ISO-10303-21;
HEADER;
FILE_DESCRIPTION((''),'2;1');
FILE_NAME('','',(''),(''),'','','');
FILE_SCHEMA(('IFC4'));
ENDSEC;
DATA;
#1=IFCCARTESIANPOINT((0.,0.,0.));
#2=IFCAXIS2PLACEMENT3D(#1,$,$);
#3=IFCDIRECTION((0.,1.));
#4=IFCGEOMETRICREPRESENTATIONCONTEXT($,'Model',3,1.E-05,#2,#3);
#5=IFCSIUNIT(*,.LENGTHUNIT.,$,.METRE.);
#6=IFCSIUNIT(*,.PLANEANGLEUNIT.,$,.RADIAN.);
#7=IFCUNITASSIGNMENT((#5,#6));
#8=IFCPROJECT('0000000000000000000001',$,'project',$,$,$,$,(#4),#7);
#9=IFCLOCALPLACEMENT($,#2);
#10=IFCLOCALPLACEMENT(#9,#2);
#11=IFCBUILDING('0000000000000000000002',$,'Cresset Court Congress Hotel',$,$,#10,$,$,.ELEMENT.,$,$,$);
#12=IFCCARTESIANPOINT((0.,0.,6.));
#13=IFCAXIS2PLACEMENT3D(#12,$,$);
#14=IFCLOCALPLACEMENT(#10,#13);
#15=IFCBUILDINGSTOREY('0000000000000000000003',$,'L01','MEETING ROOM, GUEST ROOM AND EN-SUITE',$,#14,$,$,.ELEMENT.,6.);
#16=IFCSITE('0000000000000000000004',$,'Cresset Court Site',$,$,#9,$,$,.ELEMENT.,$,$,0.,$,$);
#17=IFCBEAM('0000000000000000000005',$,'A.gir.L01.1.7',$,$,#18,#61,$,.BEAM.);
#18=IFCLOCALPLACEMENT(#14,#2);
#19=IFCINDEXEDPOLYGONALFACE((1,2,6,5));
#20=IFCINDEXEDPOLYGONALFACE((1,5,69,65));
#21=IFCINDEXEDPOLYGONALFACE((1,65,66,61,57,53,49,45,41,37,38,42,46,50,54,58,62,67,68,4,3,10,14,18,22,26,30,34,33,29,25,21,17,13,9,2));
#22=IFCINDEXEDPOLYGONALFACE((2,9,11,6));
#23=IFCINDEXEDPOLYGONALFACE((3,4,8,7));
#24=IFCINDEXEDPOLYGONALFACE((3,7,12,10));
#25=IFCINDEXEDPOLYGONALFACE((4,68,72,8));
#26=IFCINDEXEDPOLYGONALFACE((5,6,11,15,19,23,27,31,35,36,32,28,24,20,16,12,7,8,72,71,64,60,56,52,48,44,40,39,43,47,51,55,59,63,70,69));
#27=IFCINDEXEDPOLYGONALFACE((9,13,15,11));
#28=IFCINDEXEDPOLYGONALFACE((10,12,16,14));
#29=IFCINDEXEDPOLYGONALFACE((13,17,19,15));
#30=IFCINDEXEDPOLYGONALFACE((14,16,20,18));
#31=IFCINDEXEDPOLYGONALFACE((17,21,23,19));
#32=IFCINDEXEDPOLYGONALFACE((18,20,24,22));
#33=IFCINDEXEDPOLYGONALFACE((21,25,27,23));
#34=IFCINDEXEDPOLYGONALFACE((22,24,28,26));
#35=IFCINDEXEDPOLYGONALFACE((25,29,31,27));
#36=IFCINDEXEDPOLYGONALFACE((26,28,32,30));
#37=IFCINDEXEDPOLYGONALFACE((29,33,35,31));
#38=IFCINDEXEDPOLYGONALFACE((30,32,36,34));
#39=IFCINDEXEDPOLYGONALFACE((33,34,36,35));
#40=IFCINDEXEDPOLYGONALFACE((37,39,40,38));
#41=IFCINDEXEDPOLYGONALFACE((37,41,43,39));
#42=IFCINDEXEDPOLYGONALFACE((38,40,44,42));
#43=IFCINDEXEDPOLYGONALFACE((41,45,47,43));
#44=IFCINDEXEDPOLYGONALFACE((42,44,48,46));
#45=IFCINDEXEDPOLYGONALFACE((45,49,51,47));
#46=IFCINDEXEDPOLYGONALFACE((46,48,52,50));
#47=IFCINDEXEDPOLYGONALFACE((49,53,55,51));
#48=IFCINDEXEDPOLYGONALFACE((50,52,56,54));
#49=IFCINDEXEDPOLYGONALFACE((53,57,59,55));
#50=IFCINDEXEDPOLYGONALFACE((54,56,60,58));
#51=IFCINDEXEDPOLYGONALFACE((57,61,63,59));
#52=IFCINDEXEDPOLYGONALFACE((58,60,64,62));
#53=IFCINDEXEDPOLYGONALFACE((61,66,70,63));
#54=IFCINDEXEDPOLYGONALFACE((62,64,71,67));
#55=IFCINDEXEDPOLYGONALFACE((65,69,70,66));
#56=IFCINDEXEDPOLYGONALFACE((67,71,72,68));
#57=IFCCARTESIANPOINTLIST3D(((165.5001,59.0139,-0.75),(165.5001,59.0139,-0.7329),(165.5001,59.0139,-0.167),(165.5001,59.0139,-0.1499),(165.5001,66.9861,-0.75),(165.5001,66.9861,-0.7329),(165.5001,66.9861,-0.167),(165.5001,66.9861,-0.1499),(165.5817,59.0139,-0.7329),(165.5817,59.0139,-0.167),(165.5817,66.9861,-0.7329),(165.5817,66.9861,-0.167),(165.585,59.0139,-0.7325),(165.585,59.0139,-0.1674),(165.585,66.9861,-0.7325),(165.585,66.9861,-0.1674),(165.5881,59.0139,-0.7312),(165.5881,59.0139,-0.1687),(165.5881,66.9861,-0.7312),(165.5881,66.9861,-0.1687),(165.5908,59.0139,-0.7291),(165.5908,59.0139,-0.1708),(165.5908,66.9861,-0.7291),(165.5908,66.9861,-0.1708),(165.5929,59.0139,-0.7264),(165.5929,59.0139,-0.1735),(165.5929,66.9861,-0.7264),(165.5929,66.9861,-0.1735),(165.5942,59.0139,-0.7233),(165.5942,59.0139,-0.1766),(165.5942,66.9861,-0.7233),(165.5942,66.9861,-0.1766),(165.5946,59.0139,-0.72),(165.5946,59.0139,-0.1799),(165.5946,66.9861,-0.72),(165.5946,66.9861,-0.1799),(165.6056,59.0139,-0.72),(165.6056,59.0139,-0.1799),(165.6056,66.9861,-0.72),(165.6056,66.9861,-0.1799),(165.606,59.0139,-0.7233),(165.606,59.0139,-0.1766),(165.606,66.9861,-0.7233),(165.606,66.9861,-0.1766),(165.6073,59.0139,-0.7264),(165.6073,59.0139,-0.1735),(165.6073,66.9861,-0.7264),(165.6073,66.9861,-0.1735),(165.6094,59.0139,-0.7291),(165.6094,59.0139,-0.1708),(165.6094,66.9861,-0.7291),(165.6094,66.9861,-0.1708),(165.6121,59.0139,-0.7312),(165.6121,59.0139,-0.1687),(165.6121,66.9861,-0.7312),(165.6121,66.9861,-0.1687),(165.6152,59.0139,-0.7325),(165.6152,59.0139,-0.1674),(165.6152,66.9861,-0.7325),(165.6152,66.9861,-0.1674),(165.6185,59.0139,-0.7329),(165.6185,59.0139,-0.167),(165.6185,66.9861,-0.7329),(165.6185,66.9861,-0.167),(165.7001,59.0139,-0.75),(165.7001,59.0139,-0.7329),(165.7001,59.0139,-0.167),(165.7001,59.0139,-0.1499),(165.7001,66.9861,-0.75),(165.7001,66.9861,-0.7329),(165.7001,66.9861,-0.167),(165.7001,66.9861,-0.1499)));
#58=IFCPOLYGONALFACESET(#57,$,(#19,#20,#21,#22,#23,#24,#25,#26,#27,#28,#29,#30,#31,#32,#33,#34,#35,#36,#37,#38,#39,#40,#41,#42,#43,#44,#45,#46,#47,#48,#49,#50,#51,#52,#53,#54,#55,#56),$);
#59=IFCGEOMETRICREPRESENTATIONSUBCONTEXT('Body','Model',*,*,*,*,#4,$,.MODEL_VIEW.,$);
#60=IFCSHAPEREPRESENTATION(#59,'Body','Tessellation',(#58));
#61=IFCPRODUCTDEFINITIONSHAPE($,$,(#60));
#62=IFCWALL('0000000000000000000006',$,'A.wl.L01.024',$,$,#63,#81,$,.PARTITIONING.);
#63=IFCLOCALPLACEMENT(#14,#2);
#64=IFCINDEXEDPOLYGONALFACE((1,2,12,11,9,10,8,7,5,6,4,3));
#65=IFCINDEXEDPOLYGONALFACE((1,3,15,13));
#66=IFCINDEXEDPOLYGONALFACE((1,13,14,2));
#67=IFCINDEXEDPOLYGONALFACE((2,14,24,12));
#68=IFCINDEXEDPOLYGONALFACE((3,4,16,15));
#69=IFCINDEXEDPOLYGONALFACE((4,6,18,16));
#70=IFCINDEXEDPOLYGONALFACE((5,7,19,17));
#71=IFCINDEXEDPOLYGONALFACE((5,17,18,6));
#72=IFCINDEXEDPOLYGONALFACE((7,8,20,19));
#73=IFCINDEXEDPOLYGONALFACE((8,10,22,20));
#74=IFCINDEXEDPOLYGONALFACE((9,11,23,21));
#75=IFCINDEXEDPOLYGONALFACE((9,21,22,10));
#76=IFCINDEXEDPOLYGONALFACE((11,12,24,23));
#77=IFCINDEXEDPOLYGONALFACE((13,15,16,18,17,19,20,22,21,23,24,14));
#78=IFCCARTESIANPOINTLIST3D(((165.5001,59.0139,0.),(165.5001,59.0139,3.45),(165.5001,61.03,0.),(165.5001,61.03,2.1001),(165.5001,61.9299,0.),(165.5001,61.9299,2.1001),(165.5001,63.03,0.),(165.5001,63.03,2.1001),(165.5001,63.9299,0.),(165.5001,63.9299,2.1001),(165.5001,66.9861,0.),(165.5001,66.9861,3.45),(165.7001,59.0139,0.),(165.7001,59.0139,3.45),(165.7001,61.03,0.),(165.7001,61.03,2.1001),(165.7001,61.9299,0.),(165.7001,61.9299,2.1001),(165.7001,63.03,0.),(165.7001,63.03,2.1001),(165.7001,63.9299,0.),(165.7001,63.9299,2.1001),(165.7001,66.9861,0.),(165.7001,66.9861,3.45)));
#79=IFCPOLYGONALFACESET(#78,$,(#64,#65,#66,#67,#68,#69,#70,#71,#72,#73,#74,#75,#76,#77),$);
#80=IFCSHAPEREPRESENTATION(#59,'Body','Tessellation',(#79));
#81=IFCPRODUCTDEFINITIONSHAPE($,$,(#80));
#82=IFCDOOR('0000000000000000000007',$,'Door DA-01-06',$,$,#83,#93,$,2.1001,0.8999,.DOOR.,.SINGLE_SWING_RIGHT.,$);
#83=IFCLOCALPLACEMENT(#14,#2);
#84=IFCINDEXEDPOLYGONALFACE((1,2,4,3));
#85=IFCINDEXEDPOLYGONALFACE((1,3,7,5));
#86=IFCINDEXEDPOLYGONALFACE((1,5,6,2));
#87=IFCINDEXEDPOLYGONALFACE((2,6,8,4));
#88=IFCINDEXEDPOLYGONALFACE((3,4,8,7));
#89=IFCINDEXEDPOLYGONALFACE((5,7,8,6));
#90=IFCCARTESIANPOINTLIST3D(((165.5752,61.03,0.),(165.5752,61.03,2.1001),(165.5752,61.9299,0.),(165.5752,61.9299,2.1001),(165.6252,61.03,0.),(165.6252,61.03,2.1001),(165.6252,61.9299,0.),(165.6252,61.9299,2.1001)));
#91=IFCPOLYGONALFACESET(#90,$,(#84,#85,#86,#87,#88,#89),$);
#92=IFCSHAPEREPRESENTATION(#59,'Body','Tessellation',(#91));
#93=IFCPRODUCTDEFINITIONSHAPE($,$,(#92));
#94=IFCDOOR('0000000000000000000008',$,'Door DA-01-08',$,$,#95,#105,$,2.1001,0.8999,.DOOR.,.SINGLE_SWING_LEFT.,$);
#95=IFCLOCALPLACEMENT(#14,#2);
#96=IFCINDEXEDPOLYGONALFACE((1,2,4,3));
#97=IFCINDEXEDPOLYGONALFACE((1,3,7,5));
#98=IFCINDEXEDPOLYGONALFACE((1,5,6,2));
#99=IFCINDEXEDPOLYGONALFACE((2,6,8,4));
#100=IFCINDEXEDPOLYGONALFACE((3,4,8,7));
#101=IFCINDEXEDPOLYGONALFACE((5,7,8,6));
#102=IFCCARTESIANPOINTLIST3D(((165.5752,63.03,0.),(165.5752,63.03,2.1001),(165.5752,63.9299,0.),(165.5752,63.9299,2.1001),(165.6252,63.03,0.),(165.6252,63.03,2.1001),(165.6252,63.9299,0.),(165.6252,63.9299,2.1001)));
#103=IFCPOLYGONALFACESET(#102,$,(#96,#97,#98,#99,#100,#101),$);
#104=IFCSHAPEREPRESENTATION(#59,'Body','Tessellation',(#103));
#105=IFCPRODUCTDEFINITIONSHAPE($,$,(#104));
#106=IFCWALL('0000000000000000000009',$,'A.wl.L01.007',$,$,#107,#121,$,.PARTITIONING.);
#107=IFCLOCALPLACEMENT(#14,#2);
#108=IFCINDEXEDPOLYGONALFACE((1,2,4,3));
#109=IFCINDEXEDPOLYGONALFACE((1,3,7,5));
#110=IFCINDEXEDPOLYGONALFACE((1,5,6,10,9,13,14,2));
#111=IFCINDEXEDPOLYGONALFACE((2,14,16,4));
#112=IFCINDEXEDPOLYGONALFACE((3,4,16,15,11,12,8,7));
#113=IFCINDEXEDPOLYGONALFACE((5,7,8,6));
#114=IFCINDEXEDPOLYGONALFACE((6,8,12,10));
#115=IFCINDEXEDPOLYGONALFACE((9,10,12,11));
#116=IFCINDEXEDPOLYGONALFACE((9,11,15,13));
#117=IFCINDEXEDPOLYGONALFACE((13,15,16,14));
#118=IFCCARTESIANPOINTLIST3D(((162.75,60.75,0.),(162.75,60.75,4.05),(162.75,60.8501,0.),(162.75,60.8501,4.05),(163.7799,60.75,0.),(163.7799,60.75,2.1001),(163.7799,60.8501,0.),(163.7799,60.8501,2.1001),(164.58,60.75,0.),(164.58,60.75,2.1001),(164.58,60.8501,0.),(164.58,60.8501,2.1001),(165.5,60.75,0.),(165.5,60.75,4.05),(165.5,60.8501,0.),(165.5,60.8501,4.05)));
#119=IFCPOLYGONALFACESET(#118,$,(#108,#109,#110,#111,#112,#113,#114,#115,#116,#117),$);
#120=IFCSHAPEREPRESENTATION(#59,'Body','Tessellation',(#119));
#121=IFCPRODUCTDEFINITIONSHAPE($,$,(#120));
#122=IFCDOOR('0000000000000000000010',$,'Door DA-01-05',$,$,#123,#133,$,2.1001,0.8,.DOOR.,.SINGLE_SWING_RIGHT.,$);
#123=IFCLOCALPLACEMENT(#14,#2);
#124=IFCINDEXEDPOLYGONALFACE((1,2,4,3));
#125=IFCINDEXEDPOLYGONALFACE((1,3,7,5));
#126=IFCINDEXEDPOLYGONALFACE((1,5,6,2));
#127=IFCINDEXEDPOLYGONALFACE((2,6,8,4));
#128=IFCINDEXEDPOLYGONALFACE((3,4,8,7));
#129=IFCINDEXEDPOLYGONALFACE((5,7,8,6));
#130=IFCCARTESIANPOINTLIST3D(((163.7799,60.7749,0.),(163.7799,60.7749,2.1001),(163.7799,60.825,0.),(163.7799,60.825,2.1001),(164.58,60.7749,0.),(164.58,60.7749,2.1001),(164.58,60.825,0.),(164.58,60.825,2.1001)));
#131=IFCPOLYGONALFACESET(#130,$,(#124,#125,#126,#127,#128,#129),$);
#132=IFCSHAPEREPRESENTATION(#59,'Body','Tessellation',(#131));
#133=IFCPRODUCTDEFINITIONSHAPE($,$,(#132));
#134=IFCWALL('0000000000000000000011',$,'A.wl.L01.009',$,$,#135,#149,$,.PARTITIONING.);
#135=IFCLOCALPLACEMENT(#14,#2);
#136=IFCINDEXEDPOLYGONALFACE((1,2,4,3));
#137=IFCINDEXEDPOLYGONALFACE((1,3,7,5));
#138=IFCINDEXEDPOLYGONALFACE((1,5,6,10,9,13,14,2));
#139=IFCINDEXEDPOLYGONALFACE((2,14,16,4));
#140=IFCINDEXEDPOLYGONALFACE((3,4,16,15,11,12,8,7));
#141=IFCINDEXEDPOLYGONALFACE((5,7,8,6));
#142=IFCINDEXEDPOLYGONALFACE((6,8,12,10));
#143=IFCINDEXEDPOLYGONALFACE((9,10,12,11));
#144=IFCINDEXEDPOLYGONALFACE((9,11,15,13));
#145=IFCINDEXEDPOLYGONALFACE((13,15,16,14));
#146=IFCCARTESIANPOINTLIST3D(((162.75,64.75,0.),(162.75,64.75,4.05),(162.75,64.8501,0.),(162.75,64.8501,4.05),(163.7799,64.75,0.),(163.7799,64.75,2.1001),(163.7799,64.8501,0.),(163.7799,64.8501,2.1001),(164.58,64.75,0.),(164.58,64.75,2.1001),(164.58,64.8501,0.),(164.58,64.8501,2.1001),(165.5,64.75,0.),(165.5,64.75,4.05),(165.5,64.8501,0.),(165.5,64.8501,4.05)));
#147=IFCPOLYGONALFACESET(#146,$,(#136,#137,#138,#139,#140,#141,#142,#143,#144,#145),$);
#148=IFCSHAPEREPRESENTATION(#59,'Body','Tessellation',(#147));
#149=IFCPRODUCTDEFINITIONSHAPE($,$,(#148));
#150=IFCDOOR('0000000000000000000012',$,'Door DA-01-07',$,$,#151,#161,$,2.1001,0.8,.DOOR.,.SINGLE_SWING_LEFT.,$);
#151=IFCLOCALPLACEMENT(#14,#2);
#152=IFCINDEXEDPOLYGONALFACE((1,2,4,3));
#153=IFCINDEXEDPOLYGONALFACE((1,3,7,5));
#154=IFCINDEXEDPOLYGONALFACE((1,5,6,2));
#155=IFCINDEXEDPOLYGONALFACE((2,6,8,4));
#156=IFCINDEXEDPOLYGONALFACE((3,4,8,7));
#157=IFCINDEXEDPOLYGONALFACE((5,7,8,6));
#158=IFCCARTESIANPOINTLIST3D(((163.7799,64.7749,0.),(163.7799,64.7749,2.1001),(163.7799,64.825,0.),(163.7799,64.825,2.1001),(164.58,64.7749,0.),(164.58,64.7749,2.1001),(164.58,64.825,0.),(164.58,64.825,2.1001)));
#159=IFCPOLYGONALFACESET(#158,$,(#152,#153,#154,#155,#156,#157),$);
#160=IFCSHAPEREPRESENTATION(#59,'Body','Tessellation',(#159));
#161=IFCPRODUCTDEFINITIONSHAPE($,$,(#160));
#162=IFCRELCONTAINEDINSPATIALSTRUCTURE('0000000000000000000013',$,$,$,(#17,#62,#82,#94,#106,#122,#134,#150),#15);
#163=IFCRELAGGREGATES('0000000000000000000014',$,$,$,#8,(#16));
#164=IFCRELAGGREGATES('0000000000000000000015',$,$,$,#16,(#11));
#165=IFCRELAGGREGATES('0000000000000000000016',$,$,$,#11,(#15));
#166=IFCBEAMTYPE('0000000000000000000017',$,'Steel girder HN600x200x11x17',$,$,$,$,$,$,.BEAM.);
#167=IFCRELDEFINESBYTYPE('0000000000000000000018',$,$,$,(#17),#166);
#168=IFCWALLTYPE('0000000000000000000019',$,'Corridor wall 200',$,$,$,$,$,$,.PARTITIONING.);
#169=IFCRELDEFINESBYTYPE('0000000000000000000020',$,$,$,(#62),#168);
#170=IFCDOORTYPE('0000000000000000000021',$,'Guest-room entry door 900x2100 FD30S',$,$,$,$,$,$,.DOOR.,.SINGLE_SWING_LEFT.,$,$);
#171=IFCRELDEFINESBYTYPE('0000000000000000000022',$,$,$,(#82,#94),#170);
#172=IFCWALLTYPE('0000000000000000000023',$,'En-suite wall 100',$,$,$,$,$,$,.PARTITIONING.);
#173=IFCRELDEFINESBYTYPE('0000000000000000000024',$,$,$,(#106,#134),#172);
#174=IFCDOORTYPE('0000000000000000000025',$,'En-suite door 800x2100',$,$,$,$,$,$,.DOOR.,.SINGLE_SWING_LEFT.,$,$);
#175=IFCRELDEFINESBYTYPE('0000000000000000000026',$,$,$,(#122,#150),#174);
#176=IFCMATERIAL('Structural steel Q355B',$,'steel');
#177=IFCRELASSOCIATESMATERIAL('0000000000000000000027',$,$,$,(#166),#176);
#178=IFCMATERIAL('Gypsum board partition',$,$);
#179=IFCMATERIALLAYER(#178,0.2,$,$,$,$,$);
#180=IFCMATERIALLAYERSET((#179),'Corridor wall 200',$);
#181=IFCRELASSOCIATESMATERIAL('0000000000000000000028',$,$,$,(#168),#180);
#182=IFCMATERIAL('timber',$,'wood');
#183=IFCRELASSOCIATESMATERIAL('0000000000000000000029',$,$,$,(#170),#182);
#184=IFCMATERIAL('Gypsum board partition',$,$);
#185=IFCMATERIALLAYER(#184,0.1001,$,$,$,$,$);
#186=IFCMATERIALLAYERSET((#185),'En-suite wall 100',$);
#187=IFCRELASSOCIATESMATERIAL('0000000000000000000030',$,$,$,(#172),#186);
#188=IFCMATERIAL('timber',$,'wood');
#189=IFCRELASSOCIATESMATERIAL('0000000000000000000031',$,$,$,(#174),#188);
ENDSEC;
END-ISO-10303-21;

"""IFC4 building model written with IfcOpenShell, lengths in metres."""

from ifc_helpers import new_model, si_unit, direction, frame, frame_2d, origin, origin_2d, place, context, subcontext, project, spatial, rectangle, i_section, extrude, material, layer, layer_set, material_profile, profile_set, type_object, element, fill, save


model = new_model("IFC4")

# Units and contexts
model_context = context("Model", 3, precision=1e-05, world=origin(), true_north=direction((0.0, 1.0)))
body_context = subcontext(model_context, "Body", "Model", "MODEL_VIEW")
ifc_project = project(units=[si_unit("LENGTHUNIT", "METRE"), si_unit("PLANEANGLEUNIT", "RADIAN")], contexts=[model_context])

# Site, building, storey
site_placement = place(None, origin())
site = spatial("IfcSite", under=ifc_project, at=site_placement, Name="Cresset Court Site", CompositionType="ELEMENT", RefElevation=0.0)
building_placement = place(site_placement, origin())
building = spatial("IfcBuilding", under=site, at=building_placement, Name="Cresset Court Congress Hotel", CompositionType="ELEMENT")
storey_placement = place(building_placement, frame((0.0, 0.0, 6.0)))
storey = spatial("IfcBuildingStorey", under=building, at=storey_placement, Name="L01", Description="MEETING ROOM, GUEST ROOM AND EN-SUITE", CompositionType="ELEMENT", Elevation=6.0)

# Beam
ifc_material_1 = material(Name="Structural steel Q355B", Category="steel")
ifc_material_profile_1 = material_profile(ifc_material_1, i_section(OverallWidth=0.2, OverallDepth=0.6001, WebThickness=0.011, FlangeThickness=0.0171, FilletRadius=0.0129, at=origin_2d()), Name="HN600x200x11x17")
ifc_profile_set_1 = profile_set([ifc_material_profile_1], Name="Structural steel Q355B")
beam_type_1 = type_object("IfcBeamType", Name="Steel girder HN600x200x11x17", PredefinedType="BEAM", material=ifc_profile_set_1)
for number, where, z_axis, x_axis, name in (
    (1, (165.6001, 59.0139, -0.45), (0.0, 1.0, 0.0), (-1.0, 0.0, 0.0), "A.gir.L01.1.7"),
):
    element("IfcBeam", number, at=place(storey_placement, frame(where, z_axis=z_axis, x_axis=x_axis)), inside=storey, type_object=beam_type_1, Name=name, PredefinedType="BEAM", context=body_context, shape_type="SweptSolid", body=[
        extrude(i_section(OverallWidth=0.2, OverallDepth=0.6001, WebThickness=0.011, FlangeThickness=0.0171, FilletRadius=0.0129, at=origin_2d()), origin(), (0.0, 0.0, 1.0), 7.9722),
    ])

# Wall, openings, doors
ifc_material_2 = material(Name="Gypsum board partition")
ifc_layer_1 = layer(ifc_material_2, 0.2)
ifc_layer_set_1 = layer_set([ifc_layer_1], Name="Corridor wall 200")
wall_type_1 = type_object("IfcWallType", Name="Corridor wall 200", PredefinedType="PARTITIONING", material=ifc_layer_set_1)
wall_1_placement = place(storey_placement, frame((165.6001, 59.0139, 0.0), z_axis=(0.0, 0.0, 1.0), x_axis=(0.0, 1.0, 0.0)))
wall_1 = element("IfcWall", 2, at=wall_1_placement, inside=storey, type_object=wall_type_1, Name="A.wl.L01.024", PredefinedType="PARTITIONING", context=body_context, shape_type="SweptSolid", body=[
    extrude(rectangle(XDim=7.9722, YDim=0.2, at=frame_2d((3.9861, 0.0))), origin(), (0.0, 0.0, 1.0), 3.45),
])
opening_1_placement = place(wall_1_placement, frame((2.0161, 0.0, 0.0)))
opening_1 = element("IfcOpeningElement", 3, at=opening_1_placement, cuts=wall_1, PredefinedType="OPENING", context=body_context, shape_type="SweptSolid", body=[
    extrude(rectangle(XDim=0.8999, YDim=2.1001, at=frame_2d((0.45, 1.05))), frame((0.0, 0.1099, 0.0), z_axis=(0.0, -1.0, 0.0), x_axis=(1.0, 0.0, 0.0)), (0.0, 0.0, 1.0), 0.22),
])
opening_2_placement = place(wall_1_placement, frame((4.0161, 0.0, 0.0)))
opening_2 = element("IfcOpeningElement", 4, at=opening_2_placement, cuts=wall_1, PredefinedType="OPENING", context=body_context, shape_type="SweptSolid", body=[
    extrude(rectangle(XDim=0.8999, YDim=2.1001, at=frame_2d((0.45, 1.05))), frame((0.0, 0.1099, 0.0), z_axis=(0.0, -1.0, 0.0), x_axis=(1.0, 0.0, 0.0)), (0.0, 0.0, 1.0), 0.22),
])
ifc_material_3 = material(Name="timber", Category="wood")
door_type_1 = type_object("IfcDoorType", Name="Guest-room entry door 900x2100 FD30S", OperationType="SINGLE_SWING_LEFT", PredefinedType="DOOR", material=ifc_material_3)
door_1_placement = place(opening_1_placement, origin())
door_1 = element("IfcDoor", 5, at=door_1_placement, inside=storey, type_object=door_type_1, Name="Door DA-01-06", OperationType="SINGLE_SWING_RIGHT", OverallHeight=2.1001, OverallWidth=0.8999, PredefinedType="DOOR", context=body_context, shape_type="SweptSolid", body=[
    extrude(rectangle(XDim=0.8999, YDim=2.1001, at=frame_2d((0.45, 1.05))), frame((0.0, 0.0249, 0.0), z_axis=(0.0, -1.0, 0.0), x_axis=(1.0, 0.0, 0.0)), (0.0, 0.0, 1.0), 0.05),
])
fill(opening_1, door_1)
door_2_placement = place(opening_2_placement, origin())
door_2 = element("IfcDoor", 6, at=door_2_placement, inside=storey, type_object=door_type_1, Name="Door DA-01-08", OperationType="SINGLE_SWING_LEFT", OverallHeight=2.1001, OverallWidth=0.8999, PredefinedType="DOOR", context=body_context, shape_type="SweptSolid", body=[
    extrude(rectangle(XDim=0.8999, YDim=2.1001, at=frame_2d((0.45, 1.05))), frame((0.0, 0.0249, 0.0), z_axis=(0.0, -1.0, 0.0), x_axis=(1.0, 0.0, 0.0)), (0.0, 0.0, 1.0), 0.05),
])
fill(opening_2, door_2)

# Wall, opening, door
ifc_material_4 = material(Name="Gypsum board partition")
ifc_layer_2 = layer(ifc_material_4, 0.1001)
ifc_layer_set_2 = layer_set([ifc_layer_2], Name="En-suite wall 100")
wall_type_2 = type_object("IfcWallType", Name="En-suite wall 100", PredefinedType="PARTITIONING", material=ifc_layer_set_2)
wall_2_placement = place(storey_placement, frame((162.75, 60.8, 0.0), z_axis=(0.0, 0.0, 1.0), x_axis=(1.0, 0.0, 0.0)))
wall_2 = element("IfcWall", 7, at=wall_2_placement, inside=storey, type_object=wall_type_2, Name="A.wl.L01.007", PredefinedType="PARTITIONING", context=body_context, shape_type="SweptSolid", body=[
    extrude(rectangle(XDim=2.75, YDim=0.1001, at=frame_2d((1.375, 0.0))), origin(), (0.0, 0.0, 1.0), 4.05),
])
opening_3_placement = place(wall_2_placement, frame((1.03, 0.0, 0.0)))
opening_3 = element("IfcOpeningElement", 8, at=opening_3_placement, cuts=wall_2, PredefinedType="OPENING", context=body_context, shape_type="SweptSolid", body=[
    extrude(rectangle(XDim=0.8, YDim=2.1001, at=frame_2d((0.3999, 1.05))), frame((0.0, 0.0601, 0.0), z_axis=(0.0, -1.0, 0.0), x_axis=(1.0, 0.0, 0.0)), (0.0, 0.0, 1.0), 0.1201),
])
ifc_material_5 = material(Name="timber", Category="wood")
door_type_2 = type_object("IfcDoorType", Name="En-suite door 800x2100", OperationType="SINGLE_SWING_LEFT", PredefinedType="DOOR", material=ifc_material_5)
door_3_placement = place(opening_3_placement, origin())
door_3 = element("IfcDoor", 9, at=door_3_placement, inside=storey, type_object=door_type_2, Name="Door DA-01-05", OperationType="SINGLE_SWING_RIGHT", OverallHeight=2.1001, OverallWidth=0.8, PredefinedType="DOOR", context=body_context, shape_type="SweptSolid", body=[
    extrude(rectangle(XDim=0.8, YDim=2.1001, at=frame_2d((0.3999, 1.05))), frame((0.0, 0.0249, 0.0), z_axis=(0.0, -1.0, 0.0), x_axis=(1.0, 0.0, 0.0)), (0.0, 0.0, 1.0), 0.05),
])
fill(opening_3, door_3)

# Wall, opening, door
wall_3_placement = place(storey_placement, frame((162.75, 64.8, 0.0), z_axis=(0.0, 0.0, 1.0), x_axis=(1.0, 0.0, 0.0)))
wall_3 = element("IfcWall", 10, at=wall_3_placement, inside=storey, type_object=wall_type_2, Name="A.wl.L01.009", PredefinedType="PARTITIONING", context=body_context, shape_type="SweptSolid", body=[
    extrude(rectangle(XDim=2.75, YDim=0.1001, at=frame_2d((1.375, 0.0))), origin(), (0.0, 0.0, 1.0), 4.05),
])
opening_4_placement = place(wall_3_placement, frame((1.03, 0.0, 0.0)))
opening_4 = element("IfcOpeningElement", 11, at=opening_4_placement, cuts=wall_3, PredefinedType="OPENING", context=body_context, shape_type="SweptSolid", body=[
    extrude(rectangle(XDim=0.8, YDim=2.1001, at=frame_2d((0.3999, 1.05))), frame((0.0, 0.0601, 0.0), z_axis=(0.0, -1.0, 0.0), x_axis=(1.0, 0.0, 0.0)), (0.0, 0.0, 1.0), 0.1201),
])
door_4_placement = place(opening_4_placement, origin())
door_4 = element("IfcDoor", 12, at=door_4_placement, inside=storey, type_object=door_type_2, Name="Door DA-01-07", OperationType="SINGLE_SWING_LEFT", OverallHeight=2.1001, OverallWidth=0.8, PredefinedType="DOOR", context=body_context, shape_type="SweptSolid", body=[
    extrude(rectangle(XDim=0.8, YDim=2.1001, at=frame_2d((0.3999, 1.05))), frame((0.0, 0.0249, 0.0), z_axis=(0.0, -1.0, 0.0), x_axis=(1.0, 0.0, 0.0)), (0.0, 0.0, 1.0), 0.05),
])
fill(opening_4, door_4)

save(model, "model.ifc")
